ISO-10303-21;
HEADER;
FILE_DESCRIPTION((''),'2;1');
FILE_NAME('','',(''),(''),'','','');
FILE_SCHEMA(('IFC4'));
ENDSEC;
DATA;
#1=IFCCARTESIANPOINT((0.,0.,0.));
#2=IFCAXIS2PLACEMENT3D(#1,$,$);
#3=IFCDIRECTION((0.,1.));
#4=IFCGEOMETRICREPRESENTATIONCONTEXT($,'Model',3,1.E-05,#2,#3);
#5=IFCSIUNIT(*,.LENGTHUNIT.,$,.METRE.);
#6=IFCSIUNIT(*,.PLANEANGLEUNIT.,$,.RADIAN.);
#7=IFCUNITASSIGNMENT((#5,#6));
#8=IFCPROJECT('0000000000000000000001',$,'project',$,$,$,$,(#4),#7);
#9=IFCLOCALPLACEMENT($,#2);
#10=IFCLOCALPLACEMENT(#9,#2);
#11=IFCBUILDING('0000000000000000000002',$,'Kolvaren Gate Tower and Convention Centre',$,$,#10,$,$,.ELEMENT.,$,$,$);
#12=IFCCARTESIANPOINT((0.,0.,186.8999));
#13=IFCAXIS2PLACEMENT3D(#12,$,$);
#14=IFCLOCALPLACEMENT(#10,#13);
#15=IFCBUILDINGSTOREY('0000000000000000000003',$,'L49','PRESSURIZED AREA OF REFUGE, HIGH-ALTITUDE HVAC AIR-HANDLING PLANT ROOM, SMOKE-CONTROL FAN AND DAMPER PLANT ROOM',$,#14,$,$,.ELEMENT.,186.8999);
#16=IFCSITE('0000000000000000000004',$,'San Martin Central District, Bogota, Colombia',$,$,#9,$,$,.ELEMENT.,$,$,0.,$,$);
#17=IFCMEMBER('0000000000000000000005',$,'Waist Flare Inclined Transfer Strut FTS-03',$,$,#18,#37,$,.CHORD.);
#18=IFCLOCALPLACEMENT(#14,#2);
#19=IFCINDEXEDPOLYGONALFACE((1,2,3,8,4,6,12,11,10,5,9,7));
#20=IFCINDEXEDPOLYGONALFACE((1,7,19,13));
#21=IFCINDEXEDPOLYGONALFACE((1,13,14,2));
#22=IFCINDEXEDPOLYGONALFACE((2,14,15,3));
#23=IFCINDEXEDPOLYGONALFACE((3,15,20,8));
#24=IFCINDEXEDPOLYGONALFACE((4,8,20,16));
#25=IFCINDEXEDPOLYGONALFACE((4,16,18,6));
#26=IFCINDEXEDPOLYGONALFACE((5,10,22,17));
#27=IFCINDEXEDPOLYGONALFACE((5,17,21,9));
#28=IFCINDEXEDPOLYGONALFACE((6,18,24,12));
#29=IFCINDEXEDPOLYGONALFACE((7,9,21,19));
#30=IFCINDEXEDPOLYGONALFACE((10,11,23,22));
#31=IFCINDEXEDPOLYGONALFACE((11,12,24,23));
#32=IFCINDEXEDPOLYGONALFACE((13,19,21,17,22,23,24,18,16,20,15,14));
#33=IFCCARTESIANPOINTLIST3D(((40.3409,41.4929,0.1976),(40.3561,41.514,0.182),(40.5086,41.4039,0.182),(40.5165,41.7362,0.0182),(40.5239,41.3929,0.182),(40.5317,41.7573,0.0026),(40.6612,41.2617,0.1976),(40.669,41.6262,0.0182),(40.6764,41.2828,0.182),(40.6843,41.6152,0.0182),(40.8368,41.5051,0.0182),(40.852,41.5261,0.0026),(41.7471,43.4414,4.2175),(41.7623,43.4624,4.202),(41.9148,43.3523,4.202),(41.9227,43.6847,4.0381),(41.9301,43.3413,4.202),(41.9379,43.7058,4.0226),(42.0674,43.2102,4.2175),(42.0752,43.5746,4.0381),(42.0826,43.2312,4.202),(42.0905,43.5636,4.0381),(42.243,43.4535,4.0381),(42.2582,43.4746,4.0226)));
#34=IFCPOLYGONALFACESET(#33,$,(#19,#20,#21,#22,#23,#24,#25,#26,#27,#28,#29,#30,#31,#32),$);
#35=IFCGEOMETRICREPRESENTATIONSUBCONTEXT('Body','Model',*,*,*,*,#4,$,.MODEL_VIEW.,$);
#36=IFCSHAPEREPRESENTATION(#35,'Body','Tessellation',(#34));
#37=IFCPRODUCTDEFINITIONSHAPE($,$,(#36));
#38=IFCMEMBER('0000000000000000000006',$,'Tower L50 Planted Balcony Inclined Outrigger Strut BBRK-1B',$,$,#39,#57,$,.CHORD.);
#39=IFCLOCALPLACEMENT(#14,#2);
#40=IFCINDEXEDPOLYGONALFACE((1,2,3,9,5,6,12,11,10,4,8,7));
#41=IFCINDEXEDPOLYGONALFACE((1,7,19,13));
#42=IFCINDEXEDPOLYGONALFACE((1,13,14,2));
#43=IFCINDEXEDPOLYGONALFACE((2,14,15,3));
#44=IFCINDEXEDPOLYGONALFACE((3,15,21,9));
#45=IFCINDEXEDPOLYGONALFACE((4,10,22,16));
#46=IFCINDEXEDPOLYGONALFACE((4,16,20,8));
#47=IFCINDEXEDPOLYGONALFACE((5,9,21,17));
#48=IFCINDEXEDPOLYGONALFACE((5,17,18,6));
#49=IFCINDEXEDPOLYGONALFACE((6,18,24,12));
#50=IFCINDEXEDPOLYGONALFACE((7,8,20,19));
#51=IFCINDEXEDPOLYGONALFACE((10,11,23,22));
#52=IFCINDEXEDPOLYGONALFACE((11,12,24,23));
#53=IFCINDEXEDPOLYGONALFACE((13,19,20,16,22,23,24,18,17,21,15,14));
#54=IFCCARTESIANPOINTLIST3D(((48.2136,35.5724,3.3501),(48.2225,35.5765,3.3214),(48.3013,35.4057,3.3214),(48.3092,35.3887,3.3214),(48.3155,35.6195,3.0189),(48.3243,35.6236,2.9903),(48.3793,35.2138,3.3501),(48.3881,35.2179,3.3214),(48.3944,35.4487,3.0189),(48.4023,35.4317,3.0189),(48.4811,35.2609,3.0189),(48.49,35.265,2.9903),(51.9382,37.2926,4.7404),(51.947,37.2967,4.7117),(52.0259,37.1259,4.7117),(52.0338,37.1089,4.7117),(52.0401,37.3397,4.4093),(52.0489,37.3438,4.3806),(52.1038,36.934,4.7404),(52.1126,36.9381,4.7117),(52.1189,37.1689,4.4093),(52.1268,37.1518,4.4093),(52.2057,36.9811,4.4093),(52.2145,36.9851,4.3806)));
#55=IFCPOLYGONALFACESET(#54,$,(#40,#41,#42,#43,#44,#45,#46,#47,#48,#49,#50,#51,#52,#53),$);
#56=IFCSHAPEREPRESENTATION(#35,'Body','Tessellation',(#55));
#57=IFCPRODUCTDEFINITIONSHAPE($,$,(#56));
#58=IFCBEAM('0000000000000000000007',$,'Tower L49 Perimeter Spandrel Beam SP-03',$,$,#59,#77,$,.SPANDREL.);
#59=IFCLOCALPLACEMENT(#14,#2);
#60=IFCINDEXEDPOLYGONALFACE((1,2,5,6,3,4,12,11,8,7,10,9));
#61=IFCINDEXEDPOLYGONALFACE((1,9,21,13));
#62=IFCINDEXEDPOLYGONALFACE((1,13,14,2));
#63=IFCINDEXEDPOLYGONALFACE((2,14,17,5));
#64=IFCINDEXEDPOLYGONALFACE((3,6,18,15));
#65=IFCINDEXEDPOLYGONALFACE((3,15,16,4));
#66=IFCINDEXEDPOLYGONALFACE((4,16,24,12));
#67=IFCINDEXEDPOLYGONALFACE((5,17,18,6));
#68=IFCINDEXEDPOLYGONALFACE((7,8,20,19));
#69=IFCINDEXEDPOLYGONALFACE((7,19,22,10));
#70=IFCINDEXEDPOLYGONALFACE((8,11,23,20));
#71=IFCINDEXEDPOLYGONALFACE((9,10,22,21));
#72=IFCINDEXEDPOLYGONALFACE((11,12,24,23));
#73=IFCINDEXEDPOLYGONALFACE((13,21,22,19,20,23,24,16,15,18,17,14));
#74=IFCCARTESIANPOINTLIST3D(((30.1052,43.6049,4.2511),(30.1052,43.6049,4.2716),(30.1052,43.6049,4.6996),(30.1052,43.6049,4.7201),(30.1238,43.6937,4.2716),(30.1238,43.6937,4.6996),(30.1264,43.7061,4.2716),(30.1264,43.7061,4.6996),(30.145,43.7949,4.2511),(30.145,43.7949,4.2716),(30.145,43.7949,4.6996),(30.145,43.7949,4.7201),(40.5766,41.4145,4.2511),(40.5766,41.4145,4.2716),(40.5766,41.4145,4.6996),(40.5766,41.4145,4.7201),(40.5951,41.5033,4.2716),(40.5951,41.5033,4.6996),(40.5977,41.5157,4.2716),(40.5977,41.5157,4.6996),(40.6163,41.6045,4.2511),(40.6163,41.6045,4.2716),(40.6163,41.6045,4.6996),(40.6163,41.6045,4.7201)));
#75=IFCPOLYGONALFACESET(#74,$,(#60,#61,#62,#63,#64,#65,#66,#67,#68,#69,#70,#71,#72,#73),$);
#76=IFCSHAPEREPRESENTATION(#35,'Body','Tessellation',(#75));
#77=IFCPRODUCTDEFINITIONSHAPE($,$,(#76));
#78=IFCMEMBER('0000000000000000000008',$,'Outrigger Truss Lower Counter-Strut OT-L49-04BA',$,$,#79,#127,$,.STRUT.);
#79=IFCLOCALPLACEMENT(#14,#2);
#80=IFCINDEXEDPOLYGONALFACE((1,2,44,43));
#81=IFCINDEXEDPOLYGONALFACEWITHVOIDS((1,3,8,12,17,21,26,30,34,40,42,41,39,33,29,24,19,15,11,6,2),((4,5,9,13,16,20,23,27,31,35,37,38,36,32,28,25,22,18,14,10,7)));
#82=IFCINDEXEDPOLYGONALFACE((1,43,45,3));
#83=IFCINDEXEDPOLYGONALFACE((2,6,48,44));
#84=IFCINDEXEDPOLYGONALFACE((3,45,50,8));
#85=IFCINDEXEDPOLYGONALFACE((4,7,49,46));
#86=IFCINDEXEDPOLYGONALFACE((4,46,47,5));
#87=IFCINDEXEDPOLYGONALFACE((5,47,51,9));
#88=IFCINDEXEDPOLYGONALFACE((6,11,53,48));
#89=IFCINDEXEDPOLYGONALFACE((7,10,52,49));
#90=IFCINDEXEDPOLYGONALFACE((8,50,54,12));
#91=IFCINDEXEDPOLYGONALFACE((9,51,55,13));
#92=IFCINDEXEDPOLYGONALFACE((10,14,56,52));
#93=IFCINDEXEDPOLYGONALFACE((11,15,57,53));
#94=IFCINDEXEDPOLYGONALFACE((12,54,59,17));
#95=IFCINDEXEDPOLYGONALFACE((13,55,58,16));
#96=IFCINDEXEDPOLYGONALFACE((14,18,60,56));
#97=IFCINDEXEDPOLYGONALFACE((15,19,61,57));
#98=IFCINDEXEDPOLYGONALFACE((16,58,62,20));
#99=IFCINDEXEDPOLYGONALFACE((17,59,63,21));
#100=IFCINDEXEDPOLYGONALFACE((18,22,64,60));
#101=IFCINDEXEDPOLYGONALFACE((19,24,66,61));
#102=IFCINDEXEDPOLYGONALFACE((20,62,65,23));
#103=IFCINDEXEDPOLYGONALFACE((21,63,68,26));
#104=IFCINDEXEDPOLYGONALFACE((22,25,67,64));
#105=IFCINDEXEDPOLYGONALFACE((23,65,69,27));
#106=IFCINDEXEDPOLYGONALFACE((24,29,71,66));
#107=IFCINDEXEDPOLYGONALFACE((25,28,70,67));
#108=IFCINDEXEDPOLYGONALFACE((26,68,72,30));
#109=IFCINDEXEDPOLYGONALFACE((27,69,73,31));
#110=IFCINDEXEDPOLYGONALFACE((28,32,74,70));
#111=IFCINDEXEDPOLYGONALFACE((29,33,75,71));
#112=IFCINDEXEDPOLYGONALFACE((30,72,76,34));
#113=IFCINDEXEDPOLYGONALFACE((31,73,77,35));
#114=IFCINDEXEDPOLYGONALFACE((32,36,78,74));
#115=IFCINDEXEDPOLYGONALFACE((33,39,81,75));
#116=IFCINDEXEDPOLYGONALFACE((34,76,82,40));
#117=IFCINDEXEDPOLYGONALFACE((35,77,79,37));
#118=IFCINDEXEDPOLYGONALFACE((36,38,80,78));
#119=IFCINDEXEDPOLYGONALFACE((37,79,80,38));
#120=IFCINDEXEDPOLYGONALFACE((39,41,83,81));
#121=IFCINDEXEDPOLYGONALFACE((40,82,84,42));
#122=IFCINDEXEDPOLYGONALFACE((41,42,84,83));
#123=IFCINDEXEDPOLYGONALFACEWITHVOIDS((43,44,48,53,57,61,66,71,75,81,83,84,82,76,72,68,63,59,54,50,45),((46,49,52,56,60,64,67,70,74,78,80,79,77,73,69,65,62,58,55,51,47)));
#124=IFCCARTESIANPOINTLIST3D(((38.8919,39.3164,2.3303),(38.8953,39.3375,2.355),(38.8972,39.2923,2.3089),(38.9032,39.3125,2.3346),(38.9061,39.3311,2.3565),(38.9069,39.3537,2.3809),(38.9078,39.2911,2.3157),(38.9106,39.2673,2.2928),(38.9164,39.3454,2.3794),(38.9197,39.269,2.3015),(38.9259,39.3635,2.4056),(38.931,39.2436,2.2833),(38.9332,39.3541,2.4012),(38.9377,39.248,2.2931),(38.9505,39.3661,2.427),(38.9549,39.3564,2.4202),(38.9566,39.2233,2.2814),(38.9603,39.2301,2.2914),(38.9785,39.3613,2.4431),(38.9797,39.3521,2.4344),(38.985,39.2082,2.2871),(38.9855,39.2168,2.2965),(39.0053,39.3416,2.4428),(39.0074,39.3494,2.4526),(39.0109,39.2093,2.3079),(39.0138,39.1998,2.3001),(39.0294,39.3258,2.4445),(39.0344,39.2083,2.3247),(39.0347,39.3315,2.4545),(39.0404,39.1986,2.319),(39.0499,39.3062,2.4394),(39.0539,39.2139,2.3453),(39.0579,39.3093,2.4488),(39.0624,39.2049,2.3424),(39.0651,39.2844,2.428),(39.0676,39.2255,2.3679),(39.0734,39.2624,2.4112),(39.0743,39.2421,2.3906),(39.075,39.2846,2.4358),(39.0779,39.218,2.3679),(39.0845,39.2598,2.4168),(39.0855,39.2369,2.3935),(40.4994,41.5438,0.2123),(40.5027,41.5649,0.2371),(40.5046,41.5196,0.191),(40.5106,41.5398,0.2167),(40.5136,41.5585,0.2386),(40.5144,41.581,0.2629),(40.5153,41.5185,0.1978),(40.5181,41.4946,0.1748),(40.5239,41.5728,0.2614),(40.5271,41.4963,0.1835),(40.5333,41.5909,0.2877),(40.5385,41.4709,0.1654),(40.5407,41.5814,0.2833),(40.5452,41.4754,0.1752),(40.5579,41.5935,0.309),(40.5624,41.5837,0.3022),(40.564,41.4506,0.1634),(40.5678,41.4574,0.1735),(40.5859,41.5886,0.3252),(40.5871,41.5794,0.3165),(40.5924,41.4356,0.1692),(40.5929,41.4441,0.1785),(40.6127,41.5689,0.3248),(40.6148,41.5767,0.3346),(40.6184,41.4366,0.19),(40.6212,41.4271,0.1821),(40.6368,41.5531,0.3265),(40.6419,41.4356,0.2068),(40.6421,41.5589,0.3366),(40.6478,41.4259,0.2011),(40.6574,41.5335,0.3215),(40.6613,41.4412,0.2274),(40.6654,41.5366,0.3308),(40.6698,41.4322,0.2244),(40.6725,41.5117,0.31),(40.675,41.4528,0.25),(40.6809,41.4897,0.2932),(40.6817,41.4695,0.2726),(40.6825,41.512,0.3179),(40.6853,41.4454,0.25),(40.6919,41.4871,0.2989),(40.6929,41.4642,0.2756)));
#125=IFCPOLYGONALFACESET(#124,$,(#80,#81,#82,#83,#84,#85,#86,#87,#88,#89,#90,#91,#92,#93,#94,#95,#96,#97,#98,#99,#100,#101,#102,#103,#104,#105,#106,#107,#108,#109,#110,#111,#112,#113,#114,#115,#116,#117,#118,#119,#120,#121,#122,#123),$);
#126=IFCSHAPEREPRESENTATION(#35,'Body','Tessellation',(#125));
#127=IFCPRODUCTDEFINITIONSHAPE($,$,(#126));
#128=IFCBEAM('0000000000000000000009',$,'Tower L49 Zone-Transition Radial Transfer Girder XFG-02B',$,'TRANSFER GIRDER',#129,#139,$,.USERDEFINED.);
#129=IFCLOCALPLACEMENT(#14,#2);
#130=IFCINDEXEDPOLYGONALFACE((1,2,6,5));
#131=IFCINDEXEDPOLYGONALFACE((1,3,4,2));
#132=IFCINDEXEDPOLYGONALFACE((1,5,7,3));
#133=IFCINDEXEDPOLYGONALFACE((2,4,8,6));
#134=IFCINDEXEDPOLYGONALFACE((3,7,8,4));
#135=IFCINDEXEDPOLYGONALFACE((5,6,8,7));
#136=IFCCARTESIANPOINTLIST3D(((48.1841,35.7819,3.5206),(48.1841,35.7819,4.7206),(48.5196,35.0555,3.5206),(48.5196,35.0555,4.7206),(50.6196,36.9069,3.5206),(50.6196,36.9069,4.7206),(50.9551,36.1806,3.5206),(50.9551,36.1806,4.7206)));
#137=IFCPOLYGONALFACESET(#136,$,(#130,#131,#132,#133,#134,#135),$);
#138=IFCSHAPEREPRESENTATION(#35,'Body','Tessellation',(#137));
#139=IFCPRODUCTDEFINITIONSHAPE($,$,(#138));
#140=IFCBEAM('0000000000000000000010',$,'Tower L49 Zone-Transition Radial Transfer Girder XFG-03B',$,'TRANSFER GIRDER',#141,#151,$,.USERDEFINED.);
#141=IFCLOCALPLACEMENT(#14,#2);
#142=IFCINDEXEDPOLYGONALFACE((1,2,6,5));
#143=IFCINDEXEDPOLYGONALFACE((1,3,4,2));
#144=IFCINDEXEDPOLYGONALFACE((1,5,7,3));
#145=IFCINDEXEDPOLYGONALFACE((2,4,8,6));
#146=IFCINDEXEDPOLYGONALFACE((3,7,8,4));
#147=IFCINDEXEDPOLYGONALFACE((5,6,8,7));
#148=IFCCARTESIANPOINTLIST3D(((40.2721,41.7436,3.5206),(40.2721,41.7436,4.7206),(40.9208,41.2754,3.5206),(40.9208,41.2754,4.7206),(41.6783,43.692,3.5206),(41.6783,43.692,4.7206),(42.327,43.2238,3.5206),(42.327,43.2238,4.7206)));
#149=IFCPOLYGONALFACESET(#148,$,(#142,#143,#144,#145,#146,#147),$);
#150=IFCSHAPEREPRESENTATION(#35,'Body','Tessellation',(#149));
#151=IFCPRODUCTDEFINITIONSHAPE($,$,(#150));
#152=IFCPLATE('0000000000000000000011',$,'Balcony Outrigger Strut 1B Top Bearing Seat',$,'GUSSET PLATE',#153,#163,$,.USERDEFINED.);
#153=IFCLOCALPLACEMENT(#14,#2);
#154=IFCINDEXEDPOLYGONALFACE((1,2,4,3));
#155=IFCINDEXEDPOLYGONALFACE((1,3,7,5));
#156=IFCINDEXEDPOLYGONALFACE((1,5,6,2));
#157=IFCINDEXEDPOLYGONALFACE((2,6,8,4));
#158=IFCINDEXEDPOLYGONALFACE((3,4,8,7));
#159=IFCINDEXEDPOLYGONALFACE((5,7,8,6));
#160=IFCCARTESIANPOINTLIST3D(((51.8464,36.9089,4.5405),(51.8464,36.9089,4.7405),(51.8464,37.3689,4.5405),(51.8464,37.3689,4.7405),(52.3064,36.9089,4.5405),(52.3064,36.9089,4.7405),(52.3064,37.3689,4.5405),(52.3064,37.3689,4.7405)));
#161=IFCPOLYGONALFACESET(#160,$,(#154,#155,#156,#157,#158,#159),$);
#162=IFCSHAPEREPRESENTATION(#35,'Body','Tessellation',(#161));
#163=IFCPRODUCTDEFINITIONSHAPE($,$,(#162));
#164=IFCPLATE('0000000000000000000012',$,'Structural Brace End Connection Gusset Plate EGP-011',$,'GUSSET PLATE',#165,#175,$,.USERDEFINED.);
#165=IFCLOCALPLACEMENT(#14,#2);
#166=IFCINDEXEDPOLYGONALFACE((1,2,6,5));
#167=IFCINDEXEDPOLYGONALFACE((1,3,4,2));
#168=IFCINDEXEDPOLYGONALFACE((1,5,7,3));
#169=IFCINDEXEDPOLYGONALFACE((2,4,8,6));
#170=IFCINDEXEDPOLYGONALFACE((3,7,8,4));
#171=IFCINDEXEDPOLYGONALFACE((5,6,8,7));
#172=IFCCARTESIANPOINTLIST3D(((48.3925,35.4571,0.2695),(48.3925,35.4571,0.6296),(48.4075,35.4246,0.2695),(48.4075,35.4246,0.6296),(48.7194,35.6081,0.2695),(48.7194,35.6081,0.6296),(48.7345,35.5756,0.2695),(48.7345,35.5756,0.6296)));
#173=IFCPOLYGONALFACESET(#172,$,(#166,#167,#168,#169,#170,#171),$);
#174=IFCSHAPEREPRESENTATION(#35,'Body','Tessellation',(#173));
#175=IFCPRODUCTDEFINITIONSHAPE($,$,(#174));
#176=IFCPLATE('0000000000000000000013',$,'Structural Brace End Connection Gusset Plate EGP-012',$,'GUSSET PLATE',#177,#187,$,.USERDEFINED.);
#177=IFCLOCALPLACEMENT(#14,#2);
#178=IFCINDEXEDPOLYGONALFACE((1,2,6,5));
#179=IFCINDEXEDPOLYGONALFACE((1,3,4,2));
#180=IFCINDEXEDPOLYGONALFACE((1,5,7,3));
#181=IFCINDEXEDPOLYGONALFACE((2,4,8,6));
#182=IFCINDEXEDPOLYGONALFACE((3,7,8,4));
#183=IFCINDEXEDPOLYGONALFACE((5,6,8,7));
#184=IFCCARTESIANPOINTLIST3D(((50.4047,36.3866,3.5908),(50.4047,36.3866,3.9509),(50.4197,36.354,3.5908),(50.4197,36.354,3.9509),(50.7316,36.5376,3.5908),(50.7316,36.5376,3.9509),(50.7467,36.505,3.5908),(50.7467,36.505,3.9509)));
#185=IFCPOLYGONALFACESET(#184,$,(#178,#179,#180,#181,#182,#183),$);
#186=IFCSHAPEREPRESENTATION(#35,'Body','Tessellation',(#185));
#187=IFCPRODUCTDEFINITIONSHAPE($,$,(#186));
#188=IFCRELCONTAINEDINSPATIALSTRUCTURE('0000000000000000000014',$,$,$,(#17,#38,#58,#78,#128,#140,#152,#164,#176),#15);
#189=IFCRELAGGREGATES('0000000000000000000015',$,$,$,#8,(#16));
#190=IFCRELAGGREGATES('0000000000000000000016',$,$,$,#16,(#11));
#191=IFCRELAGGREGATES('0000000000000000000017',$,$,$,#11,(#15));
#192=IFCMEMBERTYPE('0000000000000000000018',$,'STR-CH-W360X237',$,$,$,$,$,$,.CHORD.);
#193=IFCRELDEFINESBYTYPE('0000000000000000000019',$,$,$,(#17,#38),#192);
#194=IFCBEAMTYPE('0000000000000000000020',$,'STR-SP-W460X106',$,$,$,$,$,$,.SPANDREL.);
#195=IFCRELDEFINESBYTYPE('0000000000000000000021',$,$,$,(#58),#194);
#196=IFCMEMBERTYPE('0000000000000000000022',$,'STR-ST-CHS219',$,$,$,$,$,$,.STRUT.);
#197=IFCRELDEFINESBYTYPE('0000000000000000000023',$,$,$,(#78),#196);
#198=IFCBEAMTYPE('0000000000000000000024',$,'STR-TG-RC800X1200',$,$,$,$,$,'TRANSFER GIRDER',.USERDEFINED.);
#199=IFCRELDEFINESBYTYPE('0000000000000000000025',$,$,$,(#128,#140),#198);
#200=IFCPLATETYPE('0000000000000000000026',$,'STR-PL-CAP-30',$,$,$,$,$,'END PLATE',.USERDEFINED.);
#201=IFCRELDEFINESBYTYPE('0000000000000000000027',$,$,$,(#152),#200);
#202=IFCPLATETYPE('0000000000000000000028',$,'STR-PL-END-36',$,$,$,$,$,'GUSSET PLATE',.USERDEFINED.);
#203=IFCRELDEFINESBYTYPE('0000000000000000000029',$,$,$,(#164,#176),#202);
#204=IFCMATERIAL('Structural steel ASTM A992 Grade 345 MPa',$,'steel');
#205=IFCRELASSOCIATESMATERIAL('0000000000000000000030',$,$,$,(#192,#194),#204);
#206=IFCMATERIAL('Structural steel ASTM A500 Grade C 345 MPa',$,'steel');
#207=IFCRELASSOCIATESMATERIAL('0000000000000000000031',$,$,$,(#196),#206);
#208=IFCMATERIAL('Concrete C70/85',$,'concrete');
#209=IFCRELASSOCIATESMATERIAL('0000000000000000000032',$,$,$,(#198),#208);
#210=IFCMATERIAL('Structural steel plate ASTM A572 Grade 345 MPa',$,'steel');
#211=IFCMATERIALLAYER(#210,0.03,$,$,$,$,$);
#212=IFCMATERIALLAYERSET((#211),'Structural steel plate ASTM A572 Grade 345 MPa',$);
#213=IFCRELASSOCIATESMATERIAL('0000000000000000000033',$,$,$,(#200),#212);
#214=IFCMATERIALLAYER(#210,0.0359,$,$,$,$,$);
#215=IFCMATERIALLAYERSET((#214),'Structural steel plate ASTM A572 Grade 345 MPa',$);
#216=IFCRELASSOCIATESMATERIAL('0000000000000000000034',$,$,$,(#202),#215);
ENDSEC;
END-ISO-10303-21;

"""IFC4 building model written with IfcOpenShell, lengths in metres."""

from ifc_helpers import new_model, si_unit, direction, frame, origin, origin_2d, place, context, subcontext, project, spatial, rectangle, hollow_circle, i_section, extrude, material, layer, layer_set, material_profile, profile_set, type_object, element, save


model = new_model("IFC4")

# Units and contexts
model_context = context("Model", 3, precision=1e-05, world=origin(), true_north=direction((0.0, 1.0)))
body_context = subcontext(model_context, "Body", "Model", "MODEL_VIEW")
ifc_project = project(units=[si_unit("LENGTHUNIT", "METRE"), si_unit("PLANEANGLEUNIT", "RADIAN")], contexts=[model_context])

# Site, building, storey
site_placement = place(None, origin())
site = spatial("IfcSite", under=ifc_project, at=site_placement, Name="San Martin Central District, Bogota, Colombia", CompositionType="ELEMENT", RefElevation=0.0)
building_placement = place(site_placement, origin())
building = spatial("IfcBuilding", under=site, at=building_placement, Name="Kolvaren Gate Tower and Convention Centre", CompositionType="ELEMENT")
storey_placement = place(building_placement, frame((0.0, 0.0, 186.8999)))
storey = spatial("IfcBuildingStorey", under=building, at=storey_placement, Name="L49", Description="PRESSURIZED AREA OF REFUGE, HIGH-ALTITUDE HVAC AIR-HANDLING PLANT ROOM, SMOKE-CONTROL FAN AND DAMPER PLANT ROOM", CompositionType="ELEMENT", Elevation=186.8999)

# Shared definitions
ifc_material_1 = material(Name="Structural steel ASTM A992 Grade 345 MPa", Category="steel")

# Members
ifc_material_2 = material(Name="Structural steel ASTM A500 Grade C 345 MPa", Category="steel")
ifc_material_profile_1 = material_profile(ifc_material_1, i_section(OverallWidth=0.395, OverallDepth=0.3799, WebThickness=0.0188, FlangeThickness=0.0303, at=origin_2d()), Name="W360X237")
ifc_profile_set_1 = profile_set([ifc_material_profile_1], Name="Structural steel ASTM A992 Grade 345 MPa")
member_type_1 = type_object("IfcMemberType", Name="STR-CH-W360X237", PredefinedType="CHORD", material=ifc_profile_set_1)
member_1_placement = place(storey_placement, frame((40.5964, 41.5095, 0.1001), z_axis=(0.300259, 0.416037, 0.858346), x_axis=(-0.810875, 0.58522, 0.0)))
element("IfcMember", 1, at=member_1_placement, inside=storey, type_object=member_type_1, Name="Waist Flare Inclined Transfer Strut FTS-03", PredefinedType="CHORD", context=body_context, shape_type="SweptSolid", body=[
    extrude(i_section(OverallWidth=0.395, OverallDepth=0.3799, WebThickness=0.0188, FlangeThickness=0.0303, at=origin_2d()), origin(), (0.0, 0.0, 1.0), 4.6833),
])
member_2_placement = place(storey_placement, frame((48.3518, 35.4187, 3.1702), z_axis=(0.859818, 0.397108, 0.320966), x_axis=(-0.419292, 0.907851, 0.0)))
element("IfcMember", 2, at=member_2_placement, inside=storey, type_object=member_type_1, Name="Tower L50 Planted Balcony Inclined Outrigger Strut BBRK-1B", PredefinedType="CHORD", context=body_context, shape_type="SweptSolid", body=[
    extrude(i_section(OverallWidth=0.395, OverallDepth=0.3799, WebThickness=0.0188, FlangeThickness=0.0303, at=origin_2d()), origin(), (0.0, 0.0, 1.0), 4.3318),
])

# Beam
ifc_material_profile_2 = material_profile(ifc_material_1, i_section(OverallWidth=0.1941, OverallDepth=0.469, WebThickness=0.0127, FlangeThickness=0.0205, at=origin_2d()), Name="W460X106")
ifc_profile_set_2 = profile_set([ifc_material_profile_2], Name="Structural steel ASTM A992 Grade 345 MPa")
beam_type_1 = type_object("IfcBeamType", Name="STR-SP-W460X106", PredefinedType="SPANDREL", material=ifc_profile_set_2)
beam_1_placement = place(storey_placement, frame((40.5964, 41.5095, 4.4856), z_axis=(-0.978814, 0.20475, 0.0), x_axis=(-0.20475, -0.978814, 0.0)))
element("IfcBeam", 3, at=beam_1_placement, inside=storey, type_object=beam_type_1, Name="Tower L49 Perimeter Spandrel Beam SP-03", PredefinedType="SPANDREL", context=body_context, shape_type="SweptSolid", body=[
    extrude(i_section(OverallWidth=0.1941, OverallDepth=0.469, WebThickness=0.0127, FlangeThickness=0.0205, at=origin_2d()), origin(), (0.0, 0.0, 1.0), 10.698),
])

# Member
ifc_material_profile_3 = material_profile(ifc_material_2, hollow_circle(Radius=0.1096, WallThickness=0.0127, at=origin_2d()), Name="CHS219X12.7")
ifc_profile_set_3 = profile_set([ifc_material_profile_3], Name="Structural steel ASTM A500 Grade C 345 MPa")
member_type_2 = type_object("IfcMemberType", Name="STR-ST-CHS219", PredefinedType="STRUT", material=ifc_profile_set_3)
member_3_placement = place(storey_placement, frame((40.5964, 41.5095, 0.25), z_axis=(-0.463439, -0.642156, 0.610622), x_axis=(0.810883, -0.585208, 0.0)))
element("IfcMember", 4, at=member_3_placement, inside=storey, type_object=member_type_2, Name="Outrigger Truss Lower Counter-Strut OT-L49-04BA", PredefinedType="STRUT", context=body_context, shape_type="SweptSolid", body=[
    extrude(hollow_circle(Radius=0.1096, WallThickness=0.0127, at=origin_2d()), origin(), (0.0, 0.0, 1.0), 3.4685),
])

# Beams
ifc_material_3 = material(Name="Concrete C70/85", Category="concrete")
ifc_material_profile_4 = material_profile(ifc_material_3, rectangle(XDim=0.8, YDim=1.2, at=origin_2d()), Name="RC-BM-800X1200")
ifc_profile_set_4 = profile_set([ifc_material_profile_4], Name="Concrete C70/85")
beam_type_2 = type_object("IfcBeamType", Name="STR-TG-RC800X1200", ElementType="TRANSFER GIRDER", PredefinedType="USERDEFINED", material=ifc_profile_set_4)
beam_2_placement = place(storey_placement, frame((48.3518, 35.4187, 4.1206), z_axis=(0.907831, 0.419335, 0.0), x_axis=(-0.419335, 0.907831, 0.0)))
element("IfcBeam", 5, at=beam_2_placement, inside=storey, type_object=beam_type_2, Name="Tower L49 Zone-Transition Radial Transfer Girder XFG-02B", ObjectType="TRANSFER GIRDER", PredefinedType="USERDEFINED", context=body_context, shape_type="SweptSolid", body=[
    extrude(rectangle(XDim=0.8, YDim=1.2, at=origin_2d()), origin(), (0.0, 0.0, 1.0), 2.6829),
])
beam_3_placement = place(storey_placement, frame((40.5964, 41.5095, 4.1206), z_axis=(0.58522, 0.810875, 0.0), x_axis=(-0.810875, 0.58522, 0.0)))
element("IfcBeam", 6, at=beam_3_placement, inside=storey, type_object=beam_type_2, Name="Tower L49 Zone-Transition Radial Transfer Girder XFG-03B", ObjectType="TRANSFER GIRDER", PredefinedType="USERDEFINED", context=body_context, shape_type="SweptSolid", body=[
    extrude(rectangle(XDim=0.8, YDim=1.2, at=origin_2d()), origin(), (0.0, 0.0, 1.0), 2.4028),
])

# Plates
ifc_material_4 = material(Name="Structural steel plate ASTM A572 Grade 345 MPa", Category="steel")
ifc_layer_1 = layer(ifc_material_4, 0.03)
ifc_layer_set_1 = layer_set([ifc_layer_1], Name="Structural steel plate ASTM A572 Grade 345 MPa")
plate_type_1 = type_object("IfcPlateType", Name="STR-PL-CAP-30", ElementType="END PLATE", PredefinedType="USERDEFINED", material=ifc_layer_set_1)
plate_1_placement = place(storey_placement, frame((52.0764, 37.1389, 4.5405), z_axis=(0.0, 0.0, 1.0), x_axis=(1.0, 0.0, 0.0)))
element("IfcPlate", 7, at=plate_1_placement, inside=storey, type_object=plate_type_1, Name="Balcony Outrigger Strut 1B Top Bearing Seat", ObjectType="GUSSET PLATE", PredefinedType="USERDEFINED", context=body_context, shape_type="SweptSolid", body=[
    extrude(rectangle(XDim=0.46, YDim=0.46, at=origin_2d()), origin(), (0.0, 0.0, 1.0), 0.2),
])
ifc_layer_2 = layer(ifc_material_4, 0.0359)
ifc_layer_set_2 = layer_set([ifc_layer_2], Name="Structural steel plate ASTM A572 Grade 345 MPa")
plate_type_2 = type_object("IfcPlateType", Name="STR-PL-END-36", ElementType="GUSSET PLATE", PredefinedType="USERDEFINED", material=ifc_layer_set_2)
for number, where, z_axis, x_axis, name in (
    (8, (48.5635, 35.5164, 0.2695), (0.0, 0.0, 1.0), (0.907842, 0.419313, 0.0), "Structural Brace End Connection Gusset Plate EGP-011"),
    (9, (50.5757, 36.4458, 3.5908), (0.0, 0.0, 1.0), (0.907842, 0.419313, 0.0), "Structural Brace End Connection Gusset Plate EGP-012"),
):
    element("IfcPlate", number, at=place(storey_placement, frame(where, z_axis=z_axis, x_axis=x_axis)), inside=storey, type_object=plate_type_2, Name=name, ObjectType="GUSSET PLATE", PredefinedType="USERDEFINED", context=body_context, shape_type="SweptSolid", body=[
        extrude(rectangle(XDim=0.3601, YDim=0.0359, at=origin_2d()), origin(), (0.0, 0.0, 1.0), 0.3601),
    ])

save(model, "model.ifc")
